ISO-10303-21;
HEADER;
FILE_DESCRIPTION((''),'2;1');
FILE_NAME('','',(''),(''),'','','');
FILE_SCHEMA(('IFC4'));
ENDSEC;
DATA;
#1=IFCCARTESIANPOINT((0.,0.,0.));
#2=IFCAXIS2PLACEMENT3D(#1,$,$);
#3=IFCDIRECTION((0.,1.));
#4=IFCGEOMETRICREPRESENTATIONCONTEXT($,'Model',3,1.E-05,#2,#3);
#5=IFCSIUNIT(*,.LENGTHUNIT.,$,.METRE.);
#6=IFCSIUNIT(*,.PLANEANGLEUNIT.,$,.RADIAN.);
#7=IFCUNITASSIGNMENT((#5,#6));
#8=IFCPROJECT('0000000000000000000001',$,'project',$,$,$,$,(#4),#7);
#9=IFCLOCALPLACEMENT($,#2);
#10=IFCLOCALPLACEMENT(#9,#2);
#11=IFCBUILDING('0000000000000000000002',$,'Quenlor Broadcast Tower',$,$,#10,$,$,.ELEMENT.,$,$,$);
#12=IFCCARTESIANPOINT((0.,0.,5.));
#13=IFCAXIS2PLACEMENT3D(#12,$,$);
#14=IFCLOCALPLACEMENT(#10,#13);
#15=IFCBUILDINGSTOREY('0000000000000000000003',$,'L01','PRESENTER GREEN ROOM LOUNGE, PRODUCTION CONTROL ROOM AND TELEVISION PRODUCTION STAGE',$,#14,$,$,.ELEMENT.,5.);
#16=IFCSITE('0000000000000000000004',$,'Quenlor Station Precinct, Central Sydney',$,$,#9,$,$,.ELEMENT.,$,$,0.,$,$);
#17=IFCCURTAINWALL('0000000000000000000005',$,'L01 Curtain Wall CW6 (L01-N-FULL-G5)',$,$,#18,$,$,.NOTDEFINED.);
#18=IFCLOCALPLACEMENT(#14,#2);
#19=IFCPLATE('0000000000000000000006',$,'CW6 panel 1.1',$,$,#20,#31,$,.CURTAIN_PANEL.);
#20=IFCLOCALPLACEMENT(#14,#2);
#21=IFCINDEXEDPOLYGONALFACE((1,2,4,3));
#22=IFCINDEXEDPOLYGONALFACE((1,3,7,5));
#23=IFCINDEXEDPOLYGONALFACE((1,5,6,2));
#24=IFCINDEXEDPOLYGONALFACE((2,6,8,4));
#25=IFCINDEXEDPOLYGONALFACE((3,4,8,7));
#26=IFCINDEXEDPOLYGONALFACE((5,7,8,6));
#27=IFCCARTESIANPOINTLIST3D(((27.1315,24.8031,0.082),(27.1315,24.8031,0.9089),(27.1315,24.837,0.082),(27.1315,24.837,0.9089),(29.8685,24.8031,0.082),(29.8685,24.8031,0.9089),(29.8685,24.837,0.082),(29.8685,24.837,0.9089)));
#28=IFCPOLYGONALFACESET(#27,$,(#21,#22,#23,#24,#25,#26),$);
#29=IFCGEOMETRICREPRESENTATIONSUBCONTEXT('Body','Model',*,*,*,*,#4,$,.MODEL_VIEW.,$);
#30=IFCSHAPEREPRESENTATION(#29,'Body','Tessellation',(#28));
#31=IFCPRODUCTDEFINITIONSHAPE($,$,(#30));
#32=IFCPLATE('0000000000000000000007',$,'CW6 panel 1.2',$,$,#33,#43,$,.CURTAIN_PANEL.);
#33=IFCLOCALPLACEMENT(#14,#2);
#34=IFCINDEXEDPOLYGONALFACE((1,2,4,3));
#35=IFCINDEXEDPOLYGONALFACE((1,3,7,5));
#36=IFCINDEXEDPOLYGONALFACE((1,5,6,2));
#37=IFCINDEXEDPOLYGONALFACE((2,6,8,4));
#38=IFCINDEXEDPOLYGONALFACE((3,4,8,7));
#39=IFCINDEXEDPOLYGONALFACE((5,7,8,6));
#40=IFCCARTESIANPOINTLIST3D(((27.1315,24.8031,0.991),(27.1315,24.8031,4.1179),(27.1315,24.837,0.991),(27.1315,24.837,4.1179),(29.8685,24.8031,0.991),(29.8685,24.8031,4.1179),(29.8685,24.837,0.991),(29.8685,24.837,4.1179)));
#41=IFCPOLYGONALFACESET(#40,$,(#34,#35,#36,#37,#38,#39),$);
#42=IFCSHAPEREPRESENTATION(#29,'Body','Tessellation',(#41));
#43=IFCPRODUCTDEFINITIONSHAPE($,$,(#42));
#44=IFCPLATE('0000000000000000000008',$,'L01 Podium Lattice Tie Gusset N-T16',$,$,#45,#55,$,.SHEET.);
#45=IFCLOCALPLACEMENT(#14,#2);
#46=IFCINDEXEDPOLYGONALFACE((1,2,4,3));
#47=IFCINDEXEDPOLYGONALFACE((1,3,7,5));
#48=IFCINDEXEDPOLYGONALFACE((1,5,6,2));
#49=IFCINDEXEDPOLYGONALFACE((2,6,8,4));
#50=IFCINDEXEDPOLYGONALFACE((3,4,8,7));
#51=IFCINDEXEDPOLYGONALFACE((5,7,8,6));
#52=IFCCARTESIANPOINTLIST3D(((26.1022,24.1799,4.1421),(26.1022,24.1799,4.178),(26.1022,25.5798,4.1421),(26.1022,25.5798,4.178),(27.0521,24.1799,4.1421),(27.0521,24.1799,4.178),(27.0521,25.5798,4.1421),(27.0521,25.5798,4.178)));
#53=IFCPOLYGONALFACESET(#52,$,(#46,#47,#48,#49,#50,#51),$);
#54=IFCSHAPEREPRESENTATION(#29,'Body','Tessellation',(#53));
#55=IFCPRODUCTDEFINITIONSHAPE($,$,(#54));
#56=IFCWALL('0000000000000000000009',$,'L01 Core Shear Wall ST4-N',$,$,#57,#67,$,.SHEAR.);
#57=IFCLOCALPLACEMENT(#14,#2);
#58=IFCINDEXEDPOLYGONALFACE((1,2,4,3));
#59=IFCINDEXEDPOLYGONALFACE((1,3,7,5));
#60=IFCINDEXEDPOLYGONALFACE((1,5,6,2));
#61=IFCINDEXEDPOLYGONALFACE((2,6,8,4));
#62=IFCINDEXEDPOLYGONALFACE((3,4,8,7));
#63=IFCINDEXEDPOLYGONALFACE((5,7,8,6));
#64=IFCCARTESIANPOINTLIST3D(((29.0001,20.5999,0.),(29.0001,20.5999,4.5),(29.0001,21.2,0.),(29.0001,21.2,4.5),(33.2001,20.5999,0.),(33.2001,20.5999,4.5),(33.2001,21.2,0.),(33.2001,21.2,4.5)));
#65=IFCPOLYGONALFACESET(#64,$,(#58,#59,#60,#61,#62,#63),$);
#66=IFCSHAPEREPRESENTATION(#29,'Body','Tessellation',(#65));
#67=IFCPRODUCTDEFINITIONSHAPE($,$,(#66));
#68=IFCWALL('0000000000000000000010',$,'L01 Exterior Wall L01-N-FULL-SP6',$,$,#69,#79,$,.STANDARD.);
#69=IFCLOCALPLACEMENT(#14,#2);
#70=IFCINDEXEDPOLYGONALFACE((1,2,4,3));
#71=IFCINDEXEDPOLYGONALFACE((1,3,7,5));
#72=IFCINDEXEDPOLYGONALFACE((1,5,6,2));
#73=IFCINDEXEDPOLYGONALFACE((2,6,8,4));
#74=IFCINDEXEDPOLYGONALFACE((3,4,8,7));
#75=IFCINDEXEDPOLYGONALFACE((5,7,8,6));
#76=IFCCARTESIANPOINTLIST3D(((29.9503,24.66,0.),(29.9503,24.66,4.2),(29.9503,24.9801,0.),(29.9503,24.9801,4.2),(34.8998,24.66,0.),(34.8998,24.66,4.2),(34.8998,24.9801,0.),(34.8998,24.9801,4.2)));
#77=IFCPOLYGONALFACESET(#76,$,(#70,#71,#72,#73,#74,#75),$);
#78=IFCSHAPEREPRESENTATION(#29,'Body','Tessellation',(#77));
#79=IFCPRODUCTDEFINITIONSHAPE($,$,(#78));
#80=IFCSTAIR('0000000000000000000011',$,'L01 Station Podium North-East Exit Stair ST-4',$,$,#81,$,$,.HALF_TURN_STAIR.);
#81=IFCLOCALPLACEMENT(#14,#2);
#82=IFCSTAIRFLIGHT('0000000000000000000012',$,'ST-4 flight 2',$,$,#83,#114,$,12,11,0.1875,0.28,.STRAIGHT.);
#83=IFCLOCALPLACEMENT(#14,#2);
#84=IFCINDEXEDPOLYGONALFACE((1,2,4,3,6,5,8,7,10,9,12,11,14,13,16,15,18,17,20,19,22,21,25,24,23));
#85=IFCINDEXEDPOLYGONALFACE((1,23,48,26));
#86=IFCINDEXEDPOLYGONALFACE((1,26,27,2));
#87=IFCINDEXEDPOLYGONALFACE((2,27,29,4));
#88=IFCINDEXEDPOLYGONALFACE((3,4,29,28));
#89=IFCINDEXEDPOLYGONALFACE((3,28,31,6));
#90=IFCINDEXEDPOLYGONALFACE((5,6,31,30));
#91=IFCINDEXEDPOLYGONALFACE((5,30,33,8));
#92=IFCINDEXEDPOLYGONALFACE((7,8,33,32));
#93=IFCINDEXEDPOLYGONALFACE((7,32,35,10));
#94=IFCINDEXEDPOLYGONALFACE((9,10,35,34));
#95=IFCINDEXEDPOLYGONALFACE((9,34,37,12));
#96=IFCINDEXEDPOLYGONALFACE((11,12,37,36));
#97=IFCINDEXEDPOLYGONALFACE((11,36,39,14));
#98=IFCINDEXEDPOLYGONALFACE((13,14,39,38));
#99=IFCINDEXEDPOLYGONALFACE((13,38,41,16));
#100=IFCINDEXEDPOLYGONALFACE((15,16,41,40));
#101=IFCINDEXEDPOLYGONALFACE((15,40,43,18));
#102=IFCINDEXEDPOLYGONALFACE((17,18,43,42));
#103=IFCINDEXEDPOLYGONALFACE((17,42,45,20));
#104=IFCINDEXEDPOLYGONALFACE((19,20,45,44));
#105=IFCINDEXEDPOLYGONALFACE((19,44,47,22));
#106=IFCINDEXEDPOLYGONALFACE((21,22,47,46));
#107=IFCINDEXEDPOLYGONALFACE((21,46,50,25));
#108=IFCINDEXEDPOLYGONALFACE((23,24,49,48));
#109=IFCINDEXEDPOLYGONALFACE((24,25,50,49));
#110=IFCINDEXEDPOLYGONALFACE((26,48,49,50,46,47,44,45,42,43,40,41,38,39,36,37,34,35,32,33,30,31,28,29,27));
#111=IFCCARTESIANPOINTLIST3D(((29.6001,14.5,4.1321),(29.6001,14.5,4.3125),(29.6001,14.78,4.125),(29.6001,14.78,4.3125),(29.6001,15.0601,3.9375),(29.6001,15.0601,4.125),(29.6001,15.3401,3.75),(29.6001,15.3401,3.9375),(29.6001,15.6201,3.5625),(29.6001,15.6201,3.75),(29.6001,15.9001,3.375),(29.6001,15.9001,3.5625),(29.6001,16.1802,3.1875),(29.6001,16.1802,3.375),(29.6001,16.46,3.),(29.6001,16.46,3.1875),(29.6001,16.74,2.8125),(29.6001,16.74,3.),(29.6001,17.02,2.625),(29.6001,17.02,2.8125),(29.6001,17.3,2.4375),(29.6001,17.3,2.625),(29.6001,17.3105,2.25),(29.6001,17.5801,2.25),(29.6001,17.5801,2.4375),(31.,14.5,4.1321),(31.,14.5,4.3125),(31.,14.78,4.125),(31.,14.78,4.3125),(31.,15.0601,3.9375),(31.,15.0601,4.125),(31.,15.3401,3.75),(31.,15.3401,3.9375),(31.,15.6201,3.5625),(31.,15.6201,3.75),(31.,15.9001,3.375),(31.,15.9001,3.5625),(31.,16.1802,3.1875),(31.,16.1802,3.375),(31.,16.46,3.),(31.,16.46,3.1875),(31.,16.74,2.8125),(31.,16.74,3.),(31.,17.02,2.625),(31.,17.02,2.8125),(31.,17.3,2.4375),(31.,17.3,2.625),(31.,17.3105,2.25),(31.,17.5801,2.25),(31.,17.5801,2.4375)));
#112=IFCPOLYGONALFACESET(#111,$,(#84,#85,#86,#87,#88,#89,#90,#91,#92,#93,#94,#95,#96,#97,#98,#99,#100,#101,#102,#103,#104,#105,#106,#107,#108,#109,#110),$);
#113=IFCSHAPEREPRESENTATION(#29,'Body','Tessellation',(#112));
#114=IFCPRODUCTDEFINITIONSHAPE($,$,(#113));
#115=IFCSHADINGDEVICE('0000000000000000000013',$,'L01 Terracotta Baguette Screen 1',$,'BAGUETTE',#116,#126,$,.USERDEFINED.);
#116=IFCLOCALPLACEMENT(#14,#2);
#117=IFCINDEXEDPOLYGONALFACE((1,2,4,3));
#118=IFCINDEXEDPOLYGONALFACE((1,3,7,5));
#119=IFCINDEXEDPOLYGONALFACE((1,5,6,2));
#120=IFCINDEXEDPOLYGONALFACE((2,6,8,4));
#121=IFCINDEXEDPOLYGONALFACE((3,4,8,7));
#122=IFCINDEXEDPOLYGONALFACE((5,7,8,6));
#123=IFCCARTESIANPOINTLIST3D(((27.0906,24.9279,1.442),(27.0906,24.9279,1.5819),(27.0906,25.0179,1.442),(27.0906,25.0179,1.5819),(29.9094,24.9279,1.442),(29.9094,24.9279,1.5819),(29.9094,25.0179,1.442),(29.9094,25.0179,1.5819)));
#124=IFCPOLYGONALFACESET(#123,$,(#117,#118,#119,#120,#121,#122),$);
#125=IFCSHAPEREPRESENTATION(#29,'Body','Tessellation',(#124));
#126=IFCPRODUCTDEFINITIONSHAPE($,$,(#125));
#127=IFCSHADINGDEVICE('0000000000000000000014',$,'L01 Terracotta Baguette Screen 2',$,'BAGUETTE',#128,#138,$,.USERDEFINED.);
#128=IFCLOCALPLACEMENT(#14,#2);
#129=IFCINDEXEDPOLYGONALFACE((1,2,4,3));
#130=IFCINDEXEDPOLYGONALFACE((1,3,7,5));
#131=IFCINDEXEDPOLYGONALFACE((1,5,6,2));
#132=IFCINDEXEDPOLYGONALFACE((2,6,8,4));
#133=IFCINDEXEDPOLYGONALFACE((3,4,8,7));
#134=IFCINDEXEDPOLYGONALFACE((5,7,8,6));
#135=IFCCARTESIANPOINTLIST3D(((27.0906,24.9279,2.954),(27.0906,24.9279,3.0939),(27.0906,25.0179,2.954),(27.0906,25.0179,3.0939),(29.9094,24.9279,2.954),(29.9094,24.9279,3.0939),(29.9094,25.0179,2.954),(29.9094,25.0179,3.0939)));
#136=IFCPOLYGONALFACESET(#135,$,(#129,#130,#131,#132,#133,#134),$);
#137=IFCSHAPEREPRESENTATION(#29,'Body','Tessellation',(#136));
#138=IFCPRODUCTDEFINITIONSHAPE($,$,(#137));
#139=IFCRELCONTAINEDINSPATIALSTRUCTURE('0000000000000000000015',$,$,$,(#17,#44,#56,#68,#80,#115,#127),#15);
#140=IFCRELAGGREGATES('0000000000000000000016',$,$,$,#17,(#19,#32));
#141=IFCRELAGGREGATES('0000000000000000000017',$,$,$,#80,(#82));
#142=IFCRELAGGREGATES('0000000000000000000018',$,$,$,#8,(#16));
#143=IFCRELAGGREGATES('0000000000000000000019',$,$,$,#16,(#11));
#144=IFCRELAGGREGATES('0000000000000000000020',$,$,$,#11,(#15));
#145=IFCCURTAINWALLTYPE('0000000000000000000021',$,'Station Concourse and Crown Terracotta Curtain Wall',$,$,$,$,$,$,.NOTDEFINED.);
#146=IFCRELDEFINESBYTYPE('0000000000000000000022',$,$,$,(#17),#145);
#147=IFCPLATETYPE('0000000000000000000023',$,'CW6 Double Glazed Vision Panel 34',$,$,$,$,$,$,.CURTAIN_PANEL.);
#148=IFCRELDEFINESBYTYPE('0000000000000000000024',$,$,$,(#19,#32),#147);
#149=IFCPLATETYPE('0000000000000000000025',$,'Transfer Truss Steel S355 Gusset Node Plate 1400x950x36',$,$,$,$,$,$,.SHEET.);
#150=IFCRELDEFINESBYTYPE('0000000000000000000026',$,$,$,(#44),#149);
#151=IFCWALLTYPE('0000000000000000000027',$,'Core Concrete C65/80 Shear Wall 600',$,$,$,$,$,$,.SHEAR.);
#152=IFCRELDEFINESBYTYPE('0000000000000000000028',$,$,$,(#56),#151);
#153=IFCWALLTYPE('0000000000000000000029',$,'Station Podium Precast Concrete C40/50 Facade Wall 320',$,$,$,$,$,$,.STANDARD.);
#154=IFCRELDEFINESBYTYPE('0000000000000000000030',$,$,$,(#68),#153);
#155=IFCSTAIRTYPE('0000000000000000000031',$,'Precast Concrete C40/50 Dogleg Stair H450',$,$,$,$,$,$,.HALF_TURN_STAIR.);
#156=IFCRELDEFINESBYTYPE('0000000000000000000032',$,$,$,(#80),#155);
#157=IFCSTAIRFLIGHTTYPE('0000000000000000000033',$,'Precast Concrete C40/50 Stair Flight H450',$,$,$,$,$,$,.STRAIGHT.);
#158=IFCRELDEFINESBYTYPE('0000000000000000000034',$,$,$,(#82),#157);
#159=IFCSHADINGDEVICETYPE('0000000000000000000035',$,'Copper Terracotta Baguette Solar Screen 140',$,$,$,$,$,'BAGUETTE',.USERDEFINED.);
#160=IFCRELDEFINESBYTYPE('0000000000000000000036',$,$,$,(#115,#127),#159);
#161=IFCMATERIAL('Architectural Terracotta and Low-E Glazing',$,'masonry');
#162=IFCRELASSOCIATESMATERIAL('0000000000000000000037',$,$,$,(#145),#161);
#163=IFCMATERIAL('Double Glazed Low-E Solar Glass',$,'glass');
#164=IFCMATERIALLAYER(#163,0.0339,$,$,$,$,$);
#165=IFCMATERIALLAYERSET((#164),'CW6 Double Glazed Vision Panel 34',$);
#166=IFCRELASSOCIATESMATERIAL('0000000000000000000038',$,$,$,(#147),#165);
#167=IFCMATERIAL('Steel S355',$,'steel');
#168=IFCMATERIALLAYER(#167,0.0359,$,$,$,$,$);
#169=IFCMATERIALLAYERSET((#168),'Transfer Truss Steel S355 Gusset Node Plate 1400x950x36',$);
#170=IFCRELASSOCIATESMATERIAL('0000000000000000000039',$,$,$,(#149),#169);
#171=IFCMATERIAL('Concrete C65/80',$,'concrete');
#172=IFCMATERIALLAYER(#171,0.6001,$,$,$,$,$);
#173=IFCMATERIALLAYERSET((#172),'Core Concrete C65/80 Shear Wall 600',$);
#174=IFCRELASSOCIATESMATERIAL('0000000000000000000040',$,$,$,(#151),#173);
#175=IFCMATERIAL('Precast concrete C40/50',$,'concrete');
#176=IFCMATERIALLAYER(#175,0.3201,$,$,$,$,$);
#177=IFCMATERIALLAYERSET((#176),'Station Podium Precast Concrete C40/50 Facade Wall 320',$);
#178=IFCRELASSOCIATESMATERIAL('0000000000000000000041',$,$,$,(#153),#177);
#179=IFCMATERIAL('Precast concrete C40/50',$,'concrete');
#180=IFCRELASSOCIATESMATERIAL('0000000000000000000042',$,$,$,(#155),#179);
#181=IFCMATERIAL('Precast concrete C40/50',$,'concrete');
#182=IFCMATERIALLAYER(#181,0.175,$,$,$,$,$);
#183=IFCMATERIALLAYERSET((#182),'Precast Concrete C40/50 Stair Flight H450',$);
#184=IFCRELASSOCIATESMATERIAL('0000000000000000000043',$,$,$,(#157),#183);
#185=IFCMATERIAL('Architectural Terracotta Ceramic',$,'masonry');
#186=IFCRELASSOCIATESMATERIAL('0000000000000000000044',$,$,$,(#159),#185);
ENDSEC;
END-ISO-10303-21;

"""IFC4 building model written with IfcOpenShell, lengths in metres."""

from ifc_helpers import new_model, si_unit, direction, frame, frame_2d, origin, origin_2d, place, context, subcontext, project, spatial, polyline, rectangle, outline, extrude, material, layer, layer_set, material_profile, profile_set, type_object, element, aggregate, save


model = new_model("IFC4")

# Units and contexts
model_context = context("Model", 3, precision=1e-05, world=origin(), true_north=direction((0.0, 1.0)))
body_context = subcontext(model_context, "Body", "Model", "MODEL_VIEW")
ifc_project = project(units=[si_unit("LENGTHUNIT", "METRE"), si_unit("PLANEANGLEUNIT", "RADIAN")], contexts=[model_context])

# Site, building, storey
site_placement = place(None, origin())
site = spatial("IfcSite", under=ifc_project, at=site_placement, Name="Quenlor Station Precinct, Central Sydney", CompositionType="ELEMENT", RefElevation=0.0)
building_placement = place(site_placement, origin())
building = spatial("IfcBuilding", under=site, at=building_placement, Name="Quenlor Broadcast Tower", CompositionType="ELEMENT")
storey_placement = place(building_placement, frame((0.0, 0.0, 5.0)))
storey = spatial("IfcBuildingStorey", under=building, at=storey_placement, Name="L01", Description="PRESENTER GREEN ROOM LOUNGE, PRODUCTION CONTROL ROOM AND TELEVISION PRODUCTION STAGE", CompositionType="ELEMENT", Elevation=5.0)

# Curtain wall
ifc_material_1 = material(Name="Architectural Terracotta and Low-E Glazing", Category="masonry")
curtain_wall_type = type_object("IfcCurtainWallType", Name="Station Concourse and Crown Terracotta Curtain Wall", PredefinedType="NOTDEFINED", material=ifc_material_1)
curtain_wall_placement = place(storey_placement, origin())
curtain_wall = element("IfcCurtainWall", 1, at=curtain_wall_placement, inside=storey, type_object=curtain_wall_type, Name="L01 Curtain Wall CW6 (L01-N-FULL-G5)", PredefinedType="NOTDEFINED")

# Plates
ifc_material_2 = material(Name="Double Glazed Low-E Solar Glass", Category="glass")
ifc_layer_1 = layer(ifc_material_2, 0.0339)
ifc_layer_set_1 = layer_set([ifc_layer_1], Name="CW6 Double Glazed Vision Panel 34")
plate_type_1 = type_object("IfcPlateType", Name="CW6 Double Glazed Vision Panel 34", PredefinedType="CURTAIN_PANEL", material=ifc_layer_set_1)
plate_1_placement = place(storey_placement, frame((28.5, 24.8201, 0.082), z_axis=(0.0, 0.0, 1.0), x_axis=(1.0, 0.0, 0.0)))
plate_1 = element("IfcPlate", 2, at=plate_1_placement, type_object=plate_type_1, Name="CW6 panel 1.1", PredefinedType="CURTAIN_PANEL", context=body_context, shape_type="SweptSolid", body=[
    extrude(rectangle(XDim=2.7371, YDim=0.0339, at=origin_2d()), origin(), (0.0, 0.0, 1.0), 0.8269),
])
plate_2_placement = place(storey_placement, frame((28.5, 24.8201, 0.991), z_axis=(0.0, 0.0, 1.0), x_axis=(1.0, 0.0, 0.0)))
plate_2 = element("IfcPlate", 3, at=plate_2_placement, type_object=plate_type_1, Name="CW6 panel 1.2", PredefinedType="CURTAIN_PANEL", context=body_context, shape_type="SweptSolid", body=[
    extrude(rectangle(XDim=2.7371, YDim=0.0339, at=origin_2d()), origin(), (0.0, 0.0, 1.0), 3.127),
])
aggregate(curtain_wall, [plate_1, plate_2])
ifc_material_3 = material(Name="Steel S355", Category="steel")
ifc_layer_2 = layer(ifc_material_3, 0.0359)
ifc_layer_set_2 = layer_set([ifc_layer_2], Name="Transfer Truss Steel S355 Gusset Node Plate 1400x950x36")
plate_type_2 = type_object("IfcPlateType", Name="Transfer Truss Steel S355 Gusset Node Plate 1400x950x36", PredefinedType="SHEET", material=ifc_layer_set_2)
plate_3_placement = place(storey_placement, frame((26.5771, 24.8799, 4.1421), z_axis=(0.0, 0.0, 1.0), x_axis=(0.0, 1.0, 0.0)))
element("IfcPlate", 4, at=plate_3_placement, inside=storey, type_object=plate_type_2, Name="L01 Podium Lattice Tie Gusset N-T16", PredefinedType="SHEET", context=body_context, shape_type="SweptSolid", body=[
    extrude(rectangle(XDim=1.3999, YDim=0.95, at=origin_2d()), origin(), (0.0, 0.0, 1.0), 0.0359),
])

# Walls
ifc_material_4 = material(Name="Concrete C65/80", Category="concrete")
ifc_layer_3 = layer(ifc_material_4, 0.6001)
ifc_layer_set_3 = layer_set([ifc_layer_3], Name="Core Concrete C65/80 Shear Wall 600")
wall_type_1 = type_object("IfcWallType", Name="Core Concrete C65/80 Shear Wall 600", PredefinedType="SHEAR", material=ifc_layer_set_3)
wall_1_placement = place(storey_placement, frame((29.0, 20.8999, 0.0), z_axis=(0.0, 0.0, 1.0), x_axis=(1.0, 0.0, 0.0)))
element("IfcWall", 5, at=wall_1_placement, inside=storey, type_object=wall_type_1, Name="L01 Core Shear Wall ST4-N", PredefinedType="SHEAR", context=body_context, shape_type="SweptSolid", body=[
    extrude(rectangle(XDim=4.2, YDim=0.6001, at=frame_2d((2.1001, 0.0))), origin(), (0.0, 0.0, 1.0), 4.5),
])
ifc_material_5 = material(Name="Precast concrete C40/50", Category="concrete")
ifc_layer_4 = layer(ifc_material_5, 0.3201)
ifc_layer_set_4 = layer_set([ifc_layer_4], Name="Station Podium Precast Concrete C40/50 Facade Wall 320")
wall_type_2 = type_object("IfcWallType", Name="Station Podium Precast Concrete C40/50 Facade Wall 320", PredefinedType="STANDARD", material=ifc_layer_set_4)
wall_2_placement = place(storey_placement, frame((29.9504, 24.8201, 0.0), z_axis=(0.0, 0.0, 1.0), x_axis=(1.0, 0.0, 0.0)))
element("IfcWall", 6, at=wall_2_placement, inside=storey, type_object=wall_type_2, Name="L01 Exterior Wall L01-N-FULL-SP6", PredefinedType="STANDARD", context=body_context, shape_type="SweptSolid", body=[
    extrude(rectangle(XDim=4.9495, YDim=0.3201, at=frame_2d((2.4746, 0.0))), origin(), (0.0, 0.0, 1.0), 4.2),
])

# Stair, stair flight
ifc_material_6 = material(Name="Precast concrete C40/50", Category="concrete")
stair_type = type_object("IfcStairType", Name="Precast Concrete C40/50 Dogleg Stair H450", PredefinedType="HALF_TURN_STAIR", material=ifc_material_6)
stair_placement = place(storey_placement, origin())
stair = element("IfcStair", 7, at=stair_placement, inside=storey, type_object=stair_type, Name="L01 Station Podium North-East Exit Stair ST-4", PredefinedType="HALF_TURN_STAIR")
ifc_material_7 = material(Name="Precast concrete C40/50", Category="concrete")
ifc_layer_5 = layer(ifc_material_7, 0.175)
ifc_layer_set_5 = layer_set([ifc_layer_5], Name="Precast Concrete C40/50 Stair Flight H450")
stair_flight_type = type_object("IfcStairFlightType", Name="Precast Concrete C40/50 Stair Flight H450", PredefinedType="STRAIGHT", material=ifc_layer_set_5)
stair_flight_placement = place(storey_placement, frame((30.3, 17.5801, 2.25), z_axis=(0.0, 0.0, 1.0), x_axis=(0.0, -1.0, 0.0)))
stair_flight = element("IfcStairFlight", 8, at=stair_flight_placement, type_object=stair_flight_type, Name="ST-4 flight 2", NumberOfRisers=12, NumberOfTreads=11, PredefinedType="STRAIGHT", RiserHeight=0.1875, TreadLength=0.28, context=body_context, shape_type="SweptSolid", body=[
    extrude(outline(polyline([(0.0, 0.0), (0.0, 0.1875), (0.28, 0.1875), (0.28, 0.375), (0.5601, 0.375), (0.5601, 0.5625), (0.8401, 0.5625), (0.8401, 0.75), (1.1201, 0.75), (1.1201, 0.9375), (1.3999, 0.9375), (1.3999, 1.125), (1.6799, 1.125), (1.6799, 1.3125), (1.96, 1.3125), (1.96, 1.5), (2.24, 1.5), (2.24, 1.6875), (2.52, 1.6875), (2.52, 1.875), (2.8, 1.875), (2.8, 2.0625), (3.0801, 2.0625), (3.0801, 2.25), (3.0801, 1.8821), (0.2695, 0.0), (0.0, 0.0)])), frame((0.0, 0.7, 0.0), z_axis=(0.0, -1.0, 0.0), x_axis=(1.0, 0.0, 0.0)), (0.0, 0.0, 1.0), 1.3999),
])
aggregate(stair, [stair_flight])

# Shading devices
ifc_material_8 = material(Name="Architectural Terracotta Ceramic", Category="masonry")
ifc_material_profile_1 = material_profile(ifc_material_8, rectangle(XDim=0.0901, YDim=0.1399, at=origin_2d()))
ifc_profile_set_1 = profile_set([ifc_material_profile_1], Name="Architectural Terracotta Ceramic BAG90x140")
shading_device_type = type_object("IfcShadingDeviceType", Name="Copper Terracotta Baguette Solar Screen 140", ElementType="BAGUETTE", PredefinedType="USERDEFINED", material=ifc_profile_set_1)
for number, where, z_axis, x_axis, name in (
    (9, (27.0906, 24.9729, 1.512), (1.0, 0.0, 0.0), (0.0, 1.0, 0.0), "L01 Terracotta Baguette Screen 1"),
    (10, (27.0906, 24.9729, 3.0239), (1.0, 0.0, 0.0), (0.0, 1.0, 0.0), "L01 Terracotta Baguette Screen 2"),
):
    element("IfcShadingDevice", number, at=place(storey_placement, frame(where, z_axis=z_axis, x_axis=x_axis)), inside=storey, type_object=shading_device_type, Name=name, ObjectType="BAGUETTE", PredefinedType="USERDEFINED", context=body_context, shape_type="SweptSolid", body=[
        extrude(rectangle(XDim=0.0901, YDim=0.1399, at=origin_2d()), origin(), (0.0, 0.0, 1.0), 2.8188),
    ])

save(model, "model.ifc")
